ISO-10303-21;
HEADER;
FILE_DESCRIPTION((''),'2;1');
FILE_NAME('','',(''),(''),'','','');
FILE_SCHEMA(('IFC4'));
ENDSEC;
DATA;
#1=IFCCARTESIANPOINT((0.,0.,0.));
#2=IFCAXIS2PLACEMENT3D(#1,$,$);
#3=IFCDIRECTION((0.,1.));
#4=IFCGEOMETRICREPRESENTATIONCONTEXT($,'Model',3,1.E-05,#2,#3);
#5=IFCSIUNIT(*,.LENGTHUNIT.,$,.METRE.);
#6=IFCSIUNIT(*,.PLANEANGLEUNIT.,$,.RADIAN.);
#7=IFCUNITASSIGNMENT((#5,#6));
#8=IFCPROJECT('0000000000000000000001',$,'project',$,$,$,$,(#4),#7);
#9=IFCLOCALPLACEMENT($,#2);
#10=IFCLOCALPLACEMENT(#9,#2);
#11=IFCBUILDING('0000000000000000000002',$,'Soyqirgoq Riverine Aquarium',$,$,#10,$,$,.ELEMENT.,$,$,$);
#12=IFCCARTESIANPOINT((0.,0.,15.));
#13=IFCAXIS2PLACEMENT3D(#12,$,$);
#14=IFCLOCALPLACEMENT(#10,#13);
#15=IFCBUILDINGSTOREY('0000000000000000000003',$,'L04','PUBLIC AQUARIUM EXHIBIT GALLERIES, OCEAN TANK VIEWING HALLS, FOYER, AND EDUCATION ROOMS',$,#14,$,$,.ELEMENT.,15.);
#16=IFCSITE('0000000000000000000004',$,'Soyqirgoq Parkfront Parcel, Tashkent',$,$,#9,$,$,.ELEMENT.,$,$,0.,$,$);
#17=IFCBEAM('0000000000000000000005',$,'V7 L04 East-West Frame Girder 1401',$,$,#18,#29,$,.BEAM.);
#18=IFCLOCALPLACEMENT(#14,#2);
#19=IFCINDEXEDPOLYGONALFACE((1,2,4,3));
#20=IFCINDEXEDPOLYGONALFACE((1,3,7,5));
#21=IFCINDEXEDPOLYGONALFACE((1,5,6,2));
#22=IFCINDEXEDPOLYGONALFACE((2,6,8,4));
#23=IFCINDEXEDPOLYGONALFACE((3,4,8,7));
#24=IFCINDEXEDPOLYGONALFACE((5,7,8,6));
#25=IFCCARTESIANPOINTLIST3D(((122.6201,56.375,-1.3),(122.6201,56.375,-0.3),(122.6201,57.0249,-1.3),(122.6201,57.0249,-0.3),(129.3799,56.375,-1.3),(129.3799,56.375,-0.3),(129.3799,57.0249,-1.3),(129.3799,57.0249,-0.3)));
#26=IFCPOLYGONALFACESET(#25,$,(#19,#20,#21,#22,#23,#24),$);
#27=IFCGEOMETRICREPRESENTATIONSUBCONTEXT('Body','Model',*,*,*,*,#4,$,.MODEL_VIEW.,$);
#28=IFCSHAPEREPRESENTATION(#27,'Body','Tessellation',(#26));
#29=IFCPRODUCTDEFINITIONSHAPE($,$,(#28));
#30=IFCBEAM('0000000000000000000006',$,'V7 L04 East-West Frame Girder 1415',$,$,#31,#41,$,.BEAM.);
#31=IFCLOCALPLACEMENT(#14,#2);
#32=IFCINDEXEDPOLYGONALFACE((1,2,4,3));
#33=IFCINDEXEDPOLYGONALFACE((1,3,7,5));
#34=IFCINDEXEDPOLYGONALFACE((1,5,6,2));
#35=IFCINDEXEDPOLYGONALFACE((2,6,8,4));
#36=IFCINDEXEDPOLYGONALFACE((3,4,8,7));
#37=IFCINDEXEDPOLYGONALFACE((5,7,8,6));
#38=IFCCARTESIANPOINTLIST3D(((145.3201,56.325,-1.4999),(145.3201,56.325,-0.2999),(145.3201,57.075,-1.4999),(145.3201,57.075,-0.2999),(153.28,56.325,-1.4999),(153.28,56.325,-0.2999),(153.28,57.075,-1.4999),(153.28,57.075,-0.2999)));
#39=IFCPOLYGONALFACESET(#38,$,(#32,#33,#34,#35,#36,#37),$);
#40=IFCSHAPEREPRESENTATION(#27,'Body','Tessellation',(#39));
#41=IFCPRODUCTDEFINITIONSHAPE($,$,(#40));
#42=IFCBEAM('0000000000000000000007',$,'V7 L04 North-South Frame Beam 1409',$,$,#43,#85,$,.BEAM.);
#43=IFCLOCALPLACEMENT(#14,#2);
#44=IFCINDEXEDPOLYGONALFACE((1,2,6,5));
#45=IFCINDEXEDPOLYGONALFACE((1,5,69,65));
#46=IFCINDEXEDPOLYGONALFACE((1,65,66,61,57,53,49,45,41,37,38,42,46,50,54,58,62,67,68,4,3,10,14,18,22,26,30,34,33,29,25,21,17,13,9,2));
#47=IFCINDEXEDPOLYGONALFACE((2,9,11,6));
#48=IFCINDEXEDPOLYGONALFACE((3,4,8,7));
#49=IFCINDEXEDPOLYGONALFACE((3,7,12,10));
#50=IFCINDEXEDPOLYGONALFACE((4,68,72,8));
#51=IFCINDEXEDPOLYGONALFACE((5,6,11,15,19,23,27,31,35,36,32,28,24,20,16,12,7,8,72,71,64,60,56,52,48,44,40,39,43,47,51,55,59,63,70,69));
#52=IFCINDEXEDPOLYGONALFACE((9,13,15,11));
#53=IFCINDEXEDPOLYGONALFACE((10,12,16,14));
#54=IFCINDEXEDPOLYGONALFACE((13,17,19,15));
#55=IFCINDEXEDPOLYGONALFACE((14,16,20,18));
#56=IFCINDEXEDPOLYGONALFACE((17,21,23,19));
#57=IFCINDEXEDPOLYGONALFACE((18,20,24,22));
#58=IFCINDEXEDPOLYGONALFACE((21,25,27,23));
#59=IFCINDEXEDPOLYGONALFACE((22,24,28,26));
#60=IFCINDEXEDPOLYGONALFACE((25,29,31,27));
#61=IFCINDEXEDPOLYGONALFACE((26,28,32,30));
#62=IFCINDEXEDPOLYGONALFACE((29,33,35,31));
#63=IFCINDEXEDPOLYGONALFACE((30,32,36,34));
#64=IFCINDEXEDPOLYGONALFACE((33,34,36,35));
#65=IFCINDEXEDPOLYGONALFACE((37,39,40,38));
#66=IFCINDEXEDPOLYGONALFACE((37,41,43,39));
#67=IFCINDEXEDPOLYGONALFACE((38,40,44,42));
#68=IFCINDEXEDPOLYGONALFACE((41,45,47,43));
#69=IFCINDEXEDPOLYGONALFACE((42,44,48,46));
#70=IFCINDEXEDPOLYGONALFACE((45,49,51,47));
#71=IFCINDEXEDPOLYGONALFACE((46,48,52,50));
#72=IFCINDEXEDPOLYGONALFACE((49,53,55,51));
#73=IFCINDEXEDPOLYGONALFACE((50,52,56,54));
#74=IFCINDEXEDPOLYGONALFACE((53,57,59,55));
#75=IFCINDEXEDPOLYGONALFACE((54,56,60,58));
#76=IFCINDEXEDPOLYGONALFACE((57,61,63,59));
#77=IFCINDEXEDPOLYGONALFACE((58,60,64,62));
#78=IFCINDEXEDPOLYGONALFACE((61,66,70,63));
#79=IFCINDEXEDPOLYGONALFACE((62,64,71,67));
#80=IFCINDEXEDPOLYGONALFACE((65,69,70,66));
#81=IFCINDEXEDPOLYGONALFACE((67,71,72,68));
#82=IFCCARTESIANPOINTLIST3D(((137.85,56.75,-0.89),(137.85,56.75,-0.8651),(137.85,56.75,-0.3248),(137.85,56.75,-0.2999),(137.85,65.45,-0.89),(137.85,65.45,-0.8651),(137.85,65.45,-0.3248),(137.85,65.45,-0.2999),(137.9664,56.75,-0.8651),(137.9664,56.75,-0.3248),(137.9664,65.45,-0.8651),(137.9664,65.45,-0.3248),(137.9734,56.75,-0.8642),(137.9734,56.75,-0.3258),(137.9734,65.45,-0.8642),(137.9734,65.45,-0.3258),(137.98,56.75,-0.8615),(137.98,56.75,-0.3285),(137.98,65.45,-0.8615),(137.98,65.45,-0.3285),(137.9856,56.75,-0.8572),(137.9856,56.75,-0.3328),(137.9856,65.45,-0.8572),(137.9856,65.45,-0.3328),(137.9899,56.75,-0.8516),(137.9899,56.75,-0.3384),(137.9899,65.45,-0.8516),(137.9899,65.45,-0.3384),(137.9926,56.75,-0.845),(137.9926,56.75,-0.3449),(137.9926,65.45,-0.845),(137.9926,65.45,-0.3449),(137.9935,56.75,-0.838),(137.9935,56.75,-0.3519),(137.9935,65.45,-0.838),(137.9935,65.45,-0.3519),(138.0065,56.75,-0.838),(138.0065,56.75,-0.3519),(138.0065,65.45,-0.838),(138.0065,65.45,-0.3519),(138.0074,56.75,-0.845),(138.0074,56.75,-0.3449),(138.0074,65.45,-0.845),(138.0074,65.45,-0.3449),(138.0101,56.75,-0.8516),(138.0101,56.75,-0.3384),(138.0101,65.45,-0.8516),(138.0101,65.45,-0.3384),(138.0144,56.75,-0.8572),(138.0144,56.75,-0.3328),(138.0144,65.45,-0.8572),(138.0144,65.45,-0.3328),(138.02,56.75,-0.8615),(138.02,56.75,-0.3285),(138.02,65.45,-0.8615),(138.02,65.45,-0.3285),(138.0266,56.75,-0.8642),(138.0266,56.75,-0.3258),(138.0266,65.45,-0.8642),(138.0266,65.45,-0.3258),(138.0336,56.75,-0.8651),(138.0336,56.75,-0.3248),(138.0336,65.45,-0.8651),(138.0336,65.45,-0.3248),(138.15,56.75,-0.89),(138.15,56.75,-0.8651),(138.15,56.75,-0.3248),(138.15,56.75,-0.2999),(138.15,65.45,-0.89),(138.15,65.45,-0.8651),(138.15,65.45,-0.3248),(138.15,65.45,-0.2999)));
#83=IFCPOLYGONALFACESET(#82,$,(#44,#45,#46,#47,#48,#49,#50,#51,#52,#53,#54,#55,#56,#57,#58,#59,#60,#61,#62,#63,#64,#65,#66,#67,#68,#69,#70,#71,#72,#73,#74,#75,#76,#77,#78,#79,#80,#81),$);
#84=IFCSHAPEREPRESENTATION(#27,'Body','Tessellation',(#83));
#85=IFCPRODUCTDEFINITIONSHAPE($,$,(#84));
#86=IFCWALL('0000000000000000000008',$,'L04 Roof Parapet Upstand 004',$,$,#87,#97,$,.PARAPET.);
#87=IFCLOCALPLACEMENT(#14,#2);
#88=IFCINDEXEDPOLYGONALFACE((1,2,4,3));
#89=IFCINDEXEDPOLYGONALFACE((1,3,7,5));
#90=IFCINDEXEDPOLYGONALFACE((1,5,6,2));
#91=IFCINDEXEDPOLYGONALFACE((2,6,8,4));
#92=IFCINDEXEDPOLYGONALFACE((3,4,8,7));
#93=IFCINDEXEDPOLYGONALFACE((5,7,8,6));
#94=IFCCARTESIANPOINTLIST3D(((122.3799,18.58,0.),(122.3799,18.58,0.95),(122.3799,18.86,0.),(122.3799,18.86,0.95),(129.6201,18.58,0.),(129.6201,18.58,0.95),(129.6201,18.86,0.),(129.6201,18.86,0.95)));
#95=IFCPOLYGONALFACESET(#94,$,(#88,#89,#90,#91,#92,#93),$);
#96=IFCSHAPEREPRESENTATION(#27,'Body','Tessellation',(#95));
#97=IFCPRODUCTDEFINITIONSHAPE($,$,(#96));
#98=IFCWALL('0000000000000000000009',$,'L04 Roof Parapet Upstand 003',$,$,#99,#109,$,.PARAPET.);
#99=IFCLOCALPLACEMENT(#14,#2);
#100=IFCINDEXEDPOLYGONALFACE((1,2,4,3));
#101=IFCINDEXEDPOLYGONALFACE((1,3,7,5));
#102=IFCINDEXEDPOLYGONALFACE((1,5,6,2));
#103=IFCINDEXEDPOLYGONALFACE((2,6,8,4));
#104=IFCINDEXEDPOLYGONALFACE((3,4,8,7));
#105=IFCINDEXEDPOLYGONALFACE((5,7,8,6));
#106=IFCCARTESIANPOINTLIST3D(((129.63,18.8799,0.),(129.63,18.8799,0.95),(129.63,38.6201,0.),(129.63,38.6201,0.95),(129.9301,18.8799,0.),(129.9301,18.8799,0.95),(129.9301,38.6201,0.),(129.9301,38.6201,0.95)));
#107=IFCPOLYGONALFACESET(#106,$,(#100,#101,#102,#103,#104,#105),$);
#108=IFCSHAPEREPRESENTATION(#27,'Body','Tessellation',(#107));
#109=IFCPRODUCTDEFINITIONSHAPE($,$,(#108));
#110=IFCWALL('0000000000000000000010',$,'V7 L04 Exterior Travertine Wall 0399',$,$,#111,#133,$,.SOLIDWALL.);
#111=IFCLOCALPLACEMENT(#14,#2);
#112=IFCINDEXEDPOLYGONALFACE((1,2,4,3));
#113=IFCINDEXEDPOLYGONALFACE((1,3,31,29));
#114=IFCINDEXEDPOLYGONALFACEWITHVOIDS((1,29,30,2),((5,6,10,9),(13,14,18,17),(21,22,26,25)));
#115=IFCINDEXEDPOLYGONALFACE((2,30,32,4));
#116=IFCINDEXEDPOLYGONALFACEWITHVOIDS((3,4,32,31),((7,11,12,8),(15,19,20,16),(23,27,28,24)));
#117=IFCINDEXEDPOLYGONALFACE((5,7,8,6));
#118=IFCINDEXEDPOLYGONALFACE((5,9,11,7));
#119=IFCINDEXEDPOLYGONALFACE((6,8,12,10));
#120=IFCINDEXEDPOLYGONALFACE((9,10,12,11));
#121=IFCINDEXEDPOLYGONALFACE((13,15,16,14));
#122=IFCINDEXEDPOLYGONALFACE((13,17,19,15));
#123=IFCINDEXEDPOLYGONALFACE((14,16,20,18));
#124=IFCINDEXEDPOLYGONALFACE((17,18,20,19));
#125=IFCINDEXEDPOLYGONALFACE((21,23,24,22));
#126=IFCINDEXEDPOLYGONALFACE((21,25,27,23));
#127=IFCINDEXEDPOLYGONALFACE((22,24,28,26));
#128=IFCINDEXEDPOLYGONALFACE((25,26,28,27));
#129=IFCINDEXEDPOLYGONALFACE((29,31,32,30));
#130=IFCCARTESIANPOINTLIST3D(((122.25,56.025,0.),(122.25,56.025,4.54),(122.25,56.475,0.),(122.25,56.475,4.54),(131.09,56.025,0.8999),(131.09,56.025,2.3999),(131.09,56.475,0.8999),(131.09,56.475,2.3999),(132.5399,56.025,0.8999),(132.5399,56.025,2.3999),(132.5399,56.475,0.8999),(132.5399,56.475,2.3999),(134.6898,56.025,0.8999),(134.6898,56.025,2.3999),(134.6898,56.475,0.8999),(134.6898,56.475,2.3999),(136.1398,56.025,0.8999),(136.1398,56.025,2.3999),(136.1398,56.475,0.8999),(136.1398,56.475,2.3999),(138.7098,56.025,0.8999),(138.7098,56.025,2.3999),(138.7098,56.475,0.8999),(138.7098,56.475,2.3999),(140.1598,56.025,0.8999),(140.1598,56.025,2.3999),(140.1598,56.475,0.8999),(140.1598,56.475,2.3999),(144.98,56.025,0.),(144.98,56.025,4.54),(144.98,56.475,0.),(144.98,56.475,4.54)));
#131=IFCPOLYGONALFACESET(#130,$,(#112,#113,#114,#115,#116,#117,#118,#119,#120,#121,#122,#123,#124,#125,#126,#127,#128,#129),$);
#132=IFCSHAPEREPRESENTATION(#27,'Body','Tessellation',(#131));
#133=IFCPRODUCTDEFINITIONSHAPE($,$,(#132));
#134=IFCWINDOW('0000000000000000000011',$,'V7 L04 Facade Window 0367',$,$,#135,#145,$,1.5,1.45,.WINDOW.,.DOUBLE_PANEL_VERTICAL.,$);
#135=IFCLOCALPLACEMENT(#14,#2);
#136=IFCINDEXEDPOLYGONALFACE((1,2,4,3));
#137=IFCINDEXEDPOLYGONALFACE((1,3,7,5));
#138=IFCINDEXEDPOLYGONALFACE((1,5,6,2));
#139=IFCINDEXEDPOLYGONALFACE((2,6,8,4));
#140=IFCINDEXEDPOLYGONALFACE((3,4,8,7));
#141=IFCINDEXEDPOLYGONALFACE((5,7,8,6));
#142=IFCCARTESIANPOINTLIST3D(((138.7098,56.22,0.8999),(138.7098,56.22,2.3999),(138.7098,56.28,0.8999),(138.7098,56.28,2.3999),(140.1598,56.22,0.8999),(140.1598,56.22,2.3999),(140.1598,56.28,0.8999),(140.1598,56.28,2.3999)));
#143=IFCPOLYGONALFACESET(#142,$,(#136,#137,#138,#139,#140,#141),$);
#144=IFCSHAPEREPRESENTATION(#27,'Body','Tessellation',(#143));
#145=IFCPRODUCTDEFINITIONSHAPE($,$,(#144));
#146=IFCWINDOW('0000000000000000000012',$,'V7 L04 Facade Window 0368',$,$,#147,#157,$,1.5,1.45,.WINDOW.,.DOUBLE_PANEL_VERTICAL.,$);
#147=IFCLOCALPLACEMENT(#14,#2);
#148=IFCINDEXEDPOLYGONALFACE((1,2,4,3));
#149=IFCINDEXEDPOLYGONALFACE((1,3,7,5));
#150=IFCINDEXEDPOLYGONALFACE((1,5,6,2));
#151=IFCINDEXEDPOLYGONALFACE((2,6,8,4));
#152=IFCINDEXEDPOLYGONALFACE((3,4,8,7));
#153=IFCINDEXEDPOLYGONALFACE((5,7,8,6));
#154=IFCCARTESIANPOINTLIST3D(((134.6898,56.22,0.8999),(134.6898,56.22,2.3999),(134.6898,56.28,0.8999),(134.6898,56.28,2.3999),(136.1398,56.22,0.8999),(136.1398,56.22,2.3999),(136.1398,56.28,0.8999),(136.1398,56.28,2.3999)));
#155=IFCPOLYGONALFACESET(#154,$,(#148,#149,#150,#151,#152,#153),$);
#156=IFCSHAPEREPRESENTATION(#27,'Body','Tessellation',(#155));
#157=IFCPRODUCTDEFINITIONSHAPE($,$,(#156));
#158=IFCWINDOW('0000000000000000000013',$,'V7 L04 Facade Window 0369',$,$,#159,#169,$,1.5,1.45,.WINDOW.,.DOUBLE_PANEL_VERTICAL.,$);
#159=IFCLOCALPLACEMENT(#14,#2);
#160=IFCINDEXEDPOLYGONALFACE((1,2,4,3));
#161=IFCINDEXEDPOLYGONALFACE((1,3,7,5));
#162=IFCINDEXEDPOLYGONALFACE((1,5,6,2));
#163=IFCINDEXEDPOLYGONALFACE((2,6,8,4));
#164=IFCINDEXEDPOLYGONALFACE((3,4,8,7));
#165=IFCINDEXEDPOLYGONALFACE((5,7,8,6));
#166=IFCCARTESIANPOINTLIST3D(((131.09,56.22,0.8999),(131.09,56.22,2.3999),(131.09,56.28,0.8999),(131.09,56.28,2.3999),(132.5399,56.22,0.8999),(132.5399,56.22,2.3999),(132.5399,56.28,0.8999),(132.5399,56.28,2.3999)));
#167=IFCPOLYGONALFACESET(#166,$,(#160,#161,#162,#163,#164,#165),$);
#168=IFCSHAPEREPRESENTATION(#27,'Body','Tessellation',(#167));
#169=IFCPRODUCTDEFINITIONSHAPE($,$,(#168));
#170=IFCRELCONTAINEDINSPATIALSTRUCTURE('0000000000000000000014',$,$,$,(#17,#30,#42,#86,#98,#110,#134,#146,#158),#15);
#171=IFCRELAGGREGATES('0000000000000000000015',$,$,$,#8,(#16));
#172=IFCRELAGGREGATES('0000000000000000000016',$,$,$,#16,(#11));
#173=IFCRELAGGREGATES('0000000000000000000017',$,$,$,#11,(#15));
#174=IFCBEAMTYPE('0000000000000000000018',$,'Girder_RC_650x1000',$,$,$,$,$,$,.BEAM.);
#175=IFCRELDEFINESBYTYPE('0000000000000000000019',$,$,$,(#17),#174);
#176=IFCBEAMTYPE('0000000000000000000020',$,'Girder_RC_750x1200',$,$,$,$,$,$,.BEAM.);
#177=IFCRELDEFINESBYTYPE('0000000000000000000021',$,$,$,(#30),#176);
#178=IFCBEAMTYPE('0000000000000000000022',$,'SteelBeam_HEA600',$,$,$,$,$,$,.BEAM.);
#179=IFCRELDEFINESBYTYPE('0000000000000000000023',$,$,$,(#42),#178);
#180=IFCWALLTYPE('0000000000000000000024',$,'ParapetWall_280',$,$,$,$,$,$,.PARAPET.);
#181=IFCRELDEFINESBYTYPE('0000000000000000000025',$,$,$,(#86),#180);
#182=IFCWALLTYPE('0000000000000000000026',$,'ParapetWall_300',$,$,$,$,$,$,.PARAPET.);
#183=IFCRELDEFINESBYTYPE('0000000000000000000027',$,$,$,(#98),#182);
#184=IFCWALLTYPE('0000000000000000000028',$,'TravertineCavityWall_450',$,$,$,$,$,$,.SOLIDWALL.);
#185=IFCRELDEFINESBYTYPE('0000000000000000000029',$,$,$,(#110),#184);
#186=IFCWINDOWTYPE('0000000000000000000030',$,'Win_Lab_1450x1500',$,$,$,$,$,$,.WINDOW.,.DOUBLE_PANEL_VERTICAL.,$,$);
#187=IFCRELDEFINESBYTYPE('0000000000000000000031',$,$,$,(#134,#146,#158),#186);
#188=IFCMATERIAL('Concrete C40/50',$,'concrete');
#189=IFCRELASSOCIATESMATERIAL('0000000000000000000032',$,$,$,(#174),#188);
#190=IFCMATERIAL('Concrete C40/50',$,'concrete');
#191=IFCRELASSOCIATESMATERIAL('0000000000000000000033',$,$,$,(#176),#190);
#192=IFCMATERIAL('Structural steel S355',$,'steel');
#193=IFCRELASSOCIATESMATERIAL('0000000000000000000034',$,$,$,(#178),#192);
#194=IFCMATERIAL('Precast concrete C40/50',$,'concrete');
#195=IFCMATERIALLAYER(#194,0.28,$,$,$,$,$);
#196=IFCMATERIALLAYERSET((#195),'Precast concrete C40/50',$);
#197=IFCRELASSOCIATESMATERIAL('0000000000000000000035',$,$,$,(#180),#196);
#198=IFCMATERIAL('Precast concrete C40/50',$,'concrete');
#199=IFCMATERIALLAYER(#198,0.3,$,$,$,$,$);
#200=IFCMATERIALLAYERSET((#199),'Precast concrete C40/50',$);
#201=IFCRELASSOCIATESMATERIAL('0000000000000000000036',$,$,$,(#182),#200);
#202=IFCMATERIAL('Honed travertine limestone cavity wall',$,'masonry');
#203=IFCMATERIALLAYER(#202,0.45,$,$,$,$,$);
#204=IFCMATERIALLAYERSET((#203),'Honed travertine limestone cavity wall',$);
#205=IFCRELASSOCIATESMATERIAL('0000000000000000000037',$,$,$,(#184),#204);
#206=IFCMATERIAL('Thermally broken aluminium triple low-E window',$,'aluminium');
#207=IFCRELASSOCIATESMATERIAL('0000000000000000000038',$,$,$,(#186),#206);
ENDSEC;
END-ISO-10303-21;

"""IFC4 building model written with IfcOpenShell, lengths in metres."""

from ifc_helpers import new_model, si_unit, direction, frame, frame_2d, origin, origin_2d, place, context, subcontext, project, spatial, rectangle, i_section, extrude, material, layer, layer_set, material_profile, profile_set, type_object, element, fill, save


model = new_model("IFC4")

# Units and contexts
model_context = context("Model", 3, precision=1e-05, world=origin(), true_north=direction((0.0, 1.0)))
body_context = subcontext(model_context, "Body", "Model", "MODEL_VIEW")
ifc_project = project(units=[si_unit("LENGTHUNIT", "METRE"), si_unit("PLANEANGLEUNIT", "RADIAN")], contexts=[model_context])

# Site, building, storey
site_placement = place(None, origin())
site = spatial("IfcSite", under=ifc_project, at=site_placement, Name="Soyqirgoq Parkfront Parcel, Tashkent", CompositionType="ELEMENT", RefElevation=0.0)
building_placement = place(site_placement, origin())
building = spatial("IfcBuilding", under=site, at=building_placement, Name="Soyqirgoq Riverine Aquarium", CompositionType="ELEMENT")
storey_placement = place(building_placement, frame((0.0, 0.0, 15.0)))
storey = spatial("IfcBuildingStorey", under=building, at=storey_placement, Name="L04", Description="PUBLIC AQUARIUM EXHIBIT GALLERIES, OCEAN TANK VIEWING HALLS, FOYER, AND EDUCATION ROOMS", CompositionType="ELEMENT", Elevation=15.0)

# Beams
ifc_material_1 = material(Name="Concrete C40/50", Category="concrete")
ifc_material_profile_1 = material_profile(ifc_material_1, rectangle(XDim=0.6499, YDim=1.0, at=origin_2d()), Name="RC 650x1000")
ifc_profile_set_1 = profile_set([ifc_material_profile_1], Name="Concrete C40/50")
beam_type_1 = type_object("IfcBeamType", Name="Girder_RC_650x1000", PredefinedType="BEAM", material=ifc_profile_set_1)
beam_1_placement = place(storey_placement, frame((122.6201, 56.7, -0.8), z_axis=(1.0, 0.0, 0.0), x_axis=(0.0, 1.0, 0.0)))
element("IfcBeam", 1, at=beam_1_placement, inside=storey, type_object=beam_type_1, Name="V7 L04 East-West Frame Girder 1401", PredefinedType="BEAM", context=body_context, shape_type="SweptSolid", body=[
    extrude(rectangle(XDim=0.6499, YDim=1.0, at=origin_2d()), origin(), (0.0, 0.0, 1.0), 6.7598),
])
ifc_material_2 = material(Name="Concrete C40/50", Category="concrete")
ifc_material_profile_2 = material_profile(ifc_material_2, rectangle(XDim=0.75, YDim=1.2, at=origin_2d()), Name="RC 750x1200")
ifc_profile_set_2 = profile_set([ifc_material_profile_2], Name="Concrete C40/50")
beam_type_2 = type_object("IfcBeamType", Name="Girder_RC_750x1200", PredefinedType="BEAM", material=ifc_profile_set_2)
beam_2_placement = place(storey_placement, frame((145.3201, 56.7, -0.8999), z_axis=(1.0, 0.0, 0.0), x_axis=(0.0, 1.0, 0.0)))
element("IfcBeam", 2, at=beam_2_placement, inside=storey, type_object=beam_type_2, Name="V7 L04 East-West Frame Girder 1415", PredefinedType="BEAM", context=body_context, shape_type="SweptSolid", body=[
    extrude(rectangle(XDim=0.75, YDim=1.2, at=origin_2d()), origin(), (0.0, 0.0, 1.0), 7.96),
])
ifc_material_3 = material(Name="Structural steel S355", Category="steel")
ifc_material_profile_3 = material_profile(ifc_material_3, i_section(OverallWidth=0.3, OverallDepth=0.5901, WebThickness=0.0129, FlangeThickness=0.0249, FilletRadius=0.0271, at=origin_2d()), Name="HEA 600")
ifc_profile_set_3 = profile_set([ifc_material_profile_3], Name="Structural steel S355")
beam_type_3 = type_object("IfcBeamType", Name="SteelBeam_HEA600", PredefinedType="BEAM", material=ifc_profile_set_3)
beam_3_placement = place(storey_placement, frame((138.0, 56.75, -0.595), z_axis=(0.0, 1.0, 0.0), x_axis=(-1.0, 0.0, 0.0)))
element("IfcBeam", 3, at=beam_3_placement, inside=storey, type_object=beam_type_3, Name="V7 L04 North-South Frame Beam 1409", PredefinedType="BEAM", context=body_context, shape_type="SweptSolid", body=[
    extrude(i_section(OverallWidth=0.3, OverallDepth=0.5901, WebThickness=0.0129, FlangeThickness=0.0249, FilletRadius=0.0271, at=origin_2d()), origin(), (0.0, 0.0, 1.0), 8.7),
])

# Walls
ifc_material_4 = material(Name="Precast concrete C40/50", Category="concrete")
ifc_layer_1 = layer(ifc_material_4, 0.28)
ifc_layer_set_1 = layer_set([ifc_layer_1], Name="Precast concrete C40/50")
wall_type_1 = type_object("IfcWallType", Name="ParapetWall_280", PredefinedType="PARAPET", material=ifc_layer_set_1)
wall_1_placement = place(storey_placement, frame((129.6201, 18.72, 0.0), z_axis=(0.0, 0.0, 1.0), x_axis=(-1.0, 0.0, 0.0)))
element("IfcWall", 4, at=wall_1_placement, inside=storey, type_object=wall_type_1, Name="L04 Roof Parapet Upstand 004", PredefinedType="PARAPET", context=body_context, shape_type="SweptSolid", body=[
    extrude(rectangle(XDim=7.2402, YDim=0.28, at=frame_2d((3.6201, 0.0))), origin(), (0.0, 0.0, 1.0), 0.95),
])
ifc_material_5 = material(Name="Precast concrete C40/50", Category="concrete")
ifc_layer_2 = layer(ifc_material_5, 0.3)
ifc_layer_set_2 = layer_set([ifc_layer_2], Name="Precast concrete C40/50")
wall_type_2 = type_object("IfcWallType", Name="ParapetWall_300", PredefinedType="PARAPET", material=ifc_layer_set_2)
wall_2_placement = place(storey_placement, frame((129.78, 38.6201, 0.0), z_axis=(0.0, 0.0, 1.0), x_axis=(0.0, -1.0, 0.0)))
element("IfcWall", 5, at=wall_2_placement, inside=storey, type_object=wall_type_2, Name="L04 Roof Parapet Upstand 003", PredefinedType="PARAPET", context=body_context, shape_type="SweptSolid", body=[
    extrude(rectangle(XDim=19.7402, YDim=0.3, at=frame_2d((9.8701, 0.0))), origin(), (0.0, 0.0, 1.0), 0.95),
])

# Wall, openings, windows
ifc_material_6 = material(Name="Honed travertine limestone cavity wall", Category="masonry")
ifc_layer_3 = layer(ifc_material_6, 0.45)
ifc_layer_set_3 = layer_set([ifc_layer_3], Name="Honed travertine limestone cavity wall")
wall_type_3 = type_object("IfcWallType", Name="TravertineCavityWall_450", PredefinedType="SOLIDWALL", material=ifc_layer_set_3)
wall_3_placement = place(storey_placement, frame((144.98, 56.25, 0.0), z_axis=(0.0, 0.0, 1.0), x_axis=(-1.0, 0.0, 0.0)))
wall_3 = element("IfcWall", 6, at=wall_3_placement, inside=storey, type_object=wall_type_3, Name="V7 L04 Exterior Travertine Wall 0399", PredefinedType="SOLIDWALL", context=body_context, shape_type="SweptSolid", body=[
    extrude(rectangle(XDim=22.73, YDim=0.45, at=frame_2d((11.365, 0.0))), origin(), (0.0, 0.0, 1.0), 4.54),
])
opening_1_placement = place(wall_3_placement, frame((4.8201, 0.0, 0.8999)))
opening_1 = element("IfcOpeningElement", 7, at=opening_1_placement, cuts=wall_3, PredefinedType="OPENING", context=body_context, shape_type="SweptSolid", body=[
    extrude(rectangle(XDim=1.45, YDim=1.5, at=frame_2d((0.7251, 0.75))), frame((0.0, 0.2349, 0.0), z_axis=(0.0, -1.0, 0.0), x_axis=(1.0, 0.0, 0.0)), (0.0, 0.0, 1.0), 0.47),
])
opening_2_placement = place(wall_3_placement, frame((8.8401, 0.0, 0.8999)))
opening_2 = element("IfcOpeningElement", 8, at=opening_2_placement, cuts=wall_3, PredefinedType="OPENING", context=body_context, shape_type="SweptSolid", body=[
    extrude(rectangle(XDim=1.45, YDim=1.5, at=frame_2d((0.7251, 0.75))), frame((0.0, 0.2349, 0.0), z_axis=(0.0, -1.0, 0.0), x_axis=(1.0, 0.0, 0.0)), (0.0, 0.0, 1.0), 0.47),
])
opening_3_placement = place(wall_3_placement, frame((12.4399, 0.0, 0.8999)))
opening_3 = element("IfcOpeningElement", 9, at=opening_3_placement, cuts=wall_3, PredefinedType="OPENING", context=body_context, shape_type="SweptSolid", body=[
    extrude(rectangle(XDim=1.45, YDim=1.5, at=frame_2d((0.7251, 0.75))), frame((0.0, 0.2349, 0.0), z_axis=(0.0, -1.0, 0.0), x_axis=(1.0, 0.0, 0.0)), (0.0, 0.0, 1.0), 0.47),
])
ifc_material_7 = material(Name="Thermally broken aluminium triple low-E window", Category="aluminium")
window_type = type_object("IfcWindowType", Name="Win_Lab_1450x1500", PartitioningType="DOUBLE_PANEL_VERTICAL", PredefinedType="WINDOW", material=ifc_material_7)
window_1_placement = place(opening_1_placement, origin())
window_1 = element("IfcWindow", 10, at=window_1_placement, inside=storey, type_object=window_type, Name="V7 L04 Facade Window 0367", OverallHeight=1.5, OverallWidth=1.45, PartitioningType="DOUBLE_PANEL_VERTICAL", PredefinedType="WINDOW", context=body_context, shape_type="SweptSolid", body=[
    extrude(rectangle(XDim=1.45, YDim=1.5, at=frame_2d((0.7251, 0.75))), frame((0.0, 0.03, 0.0), z_axis=(0.0, -1.0, 0.0), x_axis=(1.0, 0.0, 0.0)), (0.0, 0.0, 1.0), 0.0601),
])
fill(opening_1, window_1)
window_2_placement = place(opening_2_placement, origin())
window_2 = element("IfcWindow", 11, at=window_2_placement, inside=storey, type_object=window_type, Name="V7 L04 Facade Window 0368", OverallHeight=1.5, OverallWidth=1.45, PartitioningType="DOUBLE_PANEL_VERTICAL", PredefinedType="WINDOW", context=body_context, shape_type="SweptSolid", body=[
    extrude(rectangle(XDim=1.45, YDim=1.5, at=frame_2d((0.7251, 0.75))), frame((0.0, 0.03, 0.0), z_axis=(0.0, -1.0, 0.0), x_axis=(1.0, 0.0, 0.0)), (0.0, 0.0, 1.0), 0.0601),
])
fill(opening_2, window_2)
window_3_placement = place(opening_3_placement, origin())
window_3 = element("IfcWindow", 12, at=window_3_placement, inside=storey, type_object=window_type, Name="V7 L04 Facade Window 0369", OverallHeight=1.5, OverallWidth=1.45, PartitioningType="DOUBLE_PANEL_VERTICAL", PredefinedType="WINDOW", context=body_context, shape_type="SweptSolid", body=[
    extrude(rectangle(XDim=1.45, YDim=1.5, at=frame_2d((0.7251, 0.75))), frame((0.0, 0.03, 0.0), z_axis=(0.0, -1.0, 0.0), x_axis=(1.0, 0.0, 0.0)), (0.0, 0.0, 1.0), 0.0601),
])
fill(opening_3, window_3)

save(model, "model.ifc")
